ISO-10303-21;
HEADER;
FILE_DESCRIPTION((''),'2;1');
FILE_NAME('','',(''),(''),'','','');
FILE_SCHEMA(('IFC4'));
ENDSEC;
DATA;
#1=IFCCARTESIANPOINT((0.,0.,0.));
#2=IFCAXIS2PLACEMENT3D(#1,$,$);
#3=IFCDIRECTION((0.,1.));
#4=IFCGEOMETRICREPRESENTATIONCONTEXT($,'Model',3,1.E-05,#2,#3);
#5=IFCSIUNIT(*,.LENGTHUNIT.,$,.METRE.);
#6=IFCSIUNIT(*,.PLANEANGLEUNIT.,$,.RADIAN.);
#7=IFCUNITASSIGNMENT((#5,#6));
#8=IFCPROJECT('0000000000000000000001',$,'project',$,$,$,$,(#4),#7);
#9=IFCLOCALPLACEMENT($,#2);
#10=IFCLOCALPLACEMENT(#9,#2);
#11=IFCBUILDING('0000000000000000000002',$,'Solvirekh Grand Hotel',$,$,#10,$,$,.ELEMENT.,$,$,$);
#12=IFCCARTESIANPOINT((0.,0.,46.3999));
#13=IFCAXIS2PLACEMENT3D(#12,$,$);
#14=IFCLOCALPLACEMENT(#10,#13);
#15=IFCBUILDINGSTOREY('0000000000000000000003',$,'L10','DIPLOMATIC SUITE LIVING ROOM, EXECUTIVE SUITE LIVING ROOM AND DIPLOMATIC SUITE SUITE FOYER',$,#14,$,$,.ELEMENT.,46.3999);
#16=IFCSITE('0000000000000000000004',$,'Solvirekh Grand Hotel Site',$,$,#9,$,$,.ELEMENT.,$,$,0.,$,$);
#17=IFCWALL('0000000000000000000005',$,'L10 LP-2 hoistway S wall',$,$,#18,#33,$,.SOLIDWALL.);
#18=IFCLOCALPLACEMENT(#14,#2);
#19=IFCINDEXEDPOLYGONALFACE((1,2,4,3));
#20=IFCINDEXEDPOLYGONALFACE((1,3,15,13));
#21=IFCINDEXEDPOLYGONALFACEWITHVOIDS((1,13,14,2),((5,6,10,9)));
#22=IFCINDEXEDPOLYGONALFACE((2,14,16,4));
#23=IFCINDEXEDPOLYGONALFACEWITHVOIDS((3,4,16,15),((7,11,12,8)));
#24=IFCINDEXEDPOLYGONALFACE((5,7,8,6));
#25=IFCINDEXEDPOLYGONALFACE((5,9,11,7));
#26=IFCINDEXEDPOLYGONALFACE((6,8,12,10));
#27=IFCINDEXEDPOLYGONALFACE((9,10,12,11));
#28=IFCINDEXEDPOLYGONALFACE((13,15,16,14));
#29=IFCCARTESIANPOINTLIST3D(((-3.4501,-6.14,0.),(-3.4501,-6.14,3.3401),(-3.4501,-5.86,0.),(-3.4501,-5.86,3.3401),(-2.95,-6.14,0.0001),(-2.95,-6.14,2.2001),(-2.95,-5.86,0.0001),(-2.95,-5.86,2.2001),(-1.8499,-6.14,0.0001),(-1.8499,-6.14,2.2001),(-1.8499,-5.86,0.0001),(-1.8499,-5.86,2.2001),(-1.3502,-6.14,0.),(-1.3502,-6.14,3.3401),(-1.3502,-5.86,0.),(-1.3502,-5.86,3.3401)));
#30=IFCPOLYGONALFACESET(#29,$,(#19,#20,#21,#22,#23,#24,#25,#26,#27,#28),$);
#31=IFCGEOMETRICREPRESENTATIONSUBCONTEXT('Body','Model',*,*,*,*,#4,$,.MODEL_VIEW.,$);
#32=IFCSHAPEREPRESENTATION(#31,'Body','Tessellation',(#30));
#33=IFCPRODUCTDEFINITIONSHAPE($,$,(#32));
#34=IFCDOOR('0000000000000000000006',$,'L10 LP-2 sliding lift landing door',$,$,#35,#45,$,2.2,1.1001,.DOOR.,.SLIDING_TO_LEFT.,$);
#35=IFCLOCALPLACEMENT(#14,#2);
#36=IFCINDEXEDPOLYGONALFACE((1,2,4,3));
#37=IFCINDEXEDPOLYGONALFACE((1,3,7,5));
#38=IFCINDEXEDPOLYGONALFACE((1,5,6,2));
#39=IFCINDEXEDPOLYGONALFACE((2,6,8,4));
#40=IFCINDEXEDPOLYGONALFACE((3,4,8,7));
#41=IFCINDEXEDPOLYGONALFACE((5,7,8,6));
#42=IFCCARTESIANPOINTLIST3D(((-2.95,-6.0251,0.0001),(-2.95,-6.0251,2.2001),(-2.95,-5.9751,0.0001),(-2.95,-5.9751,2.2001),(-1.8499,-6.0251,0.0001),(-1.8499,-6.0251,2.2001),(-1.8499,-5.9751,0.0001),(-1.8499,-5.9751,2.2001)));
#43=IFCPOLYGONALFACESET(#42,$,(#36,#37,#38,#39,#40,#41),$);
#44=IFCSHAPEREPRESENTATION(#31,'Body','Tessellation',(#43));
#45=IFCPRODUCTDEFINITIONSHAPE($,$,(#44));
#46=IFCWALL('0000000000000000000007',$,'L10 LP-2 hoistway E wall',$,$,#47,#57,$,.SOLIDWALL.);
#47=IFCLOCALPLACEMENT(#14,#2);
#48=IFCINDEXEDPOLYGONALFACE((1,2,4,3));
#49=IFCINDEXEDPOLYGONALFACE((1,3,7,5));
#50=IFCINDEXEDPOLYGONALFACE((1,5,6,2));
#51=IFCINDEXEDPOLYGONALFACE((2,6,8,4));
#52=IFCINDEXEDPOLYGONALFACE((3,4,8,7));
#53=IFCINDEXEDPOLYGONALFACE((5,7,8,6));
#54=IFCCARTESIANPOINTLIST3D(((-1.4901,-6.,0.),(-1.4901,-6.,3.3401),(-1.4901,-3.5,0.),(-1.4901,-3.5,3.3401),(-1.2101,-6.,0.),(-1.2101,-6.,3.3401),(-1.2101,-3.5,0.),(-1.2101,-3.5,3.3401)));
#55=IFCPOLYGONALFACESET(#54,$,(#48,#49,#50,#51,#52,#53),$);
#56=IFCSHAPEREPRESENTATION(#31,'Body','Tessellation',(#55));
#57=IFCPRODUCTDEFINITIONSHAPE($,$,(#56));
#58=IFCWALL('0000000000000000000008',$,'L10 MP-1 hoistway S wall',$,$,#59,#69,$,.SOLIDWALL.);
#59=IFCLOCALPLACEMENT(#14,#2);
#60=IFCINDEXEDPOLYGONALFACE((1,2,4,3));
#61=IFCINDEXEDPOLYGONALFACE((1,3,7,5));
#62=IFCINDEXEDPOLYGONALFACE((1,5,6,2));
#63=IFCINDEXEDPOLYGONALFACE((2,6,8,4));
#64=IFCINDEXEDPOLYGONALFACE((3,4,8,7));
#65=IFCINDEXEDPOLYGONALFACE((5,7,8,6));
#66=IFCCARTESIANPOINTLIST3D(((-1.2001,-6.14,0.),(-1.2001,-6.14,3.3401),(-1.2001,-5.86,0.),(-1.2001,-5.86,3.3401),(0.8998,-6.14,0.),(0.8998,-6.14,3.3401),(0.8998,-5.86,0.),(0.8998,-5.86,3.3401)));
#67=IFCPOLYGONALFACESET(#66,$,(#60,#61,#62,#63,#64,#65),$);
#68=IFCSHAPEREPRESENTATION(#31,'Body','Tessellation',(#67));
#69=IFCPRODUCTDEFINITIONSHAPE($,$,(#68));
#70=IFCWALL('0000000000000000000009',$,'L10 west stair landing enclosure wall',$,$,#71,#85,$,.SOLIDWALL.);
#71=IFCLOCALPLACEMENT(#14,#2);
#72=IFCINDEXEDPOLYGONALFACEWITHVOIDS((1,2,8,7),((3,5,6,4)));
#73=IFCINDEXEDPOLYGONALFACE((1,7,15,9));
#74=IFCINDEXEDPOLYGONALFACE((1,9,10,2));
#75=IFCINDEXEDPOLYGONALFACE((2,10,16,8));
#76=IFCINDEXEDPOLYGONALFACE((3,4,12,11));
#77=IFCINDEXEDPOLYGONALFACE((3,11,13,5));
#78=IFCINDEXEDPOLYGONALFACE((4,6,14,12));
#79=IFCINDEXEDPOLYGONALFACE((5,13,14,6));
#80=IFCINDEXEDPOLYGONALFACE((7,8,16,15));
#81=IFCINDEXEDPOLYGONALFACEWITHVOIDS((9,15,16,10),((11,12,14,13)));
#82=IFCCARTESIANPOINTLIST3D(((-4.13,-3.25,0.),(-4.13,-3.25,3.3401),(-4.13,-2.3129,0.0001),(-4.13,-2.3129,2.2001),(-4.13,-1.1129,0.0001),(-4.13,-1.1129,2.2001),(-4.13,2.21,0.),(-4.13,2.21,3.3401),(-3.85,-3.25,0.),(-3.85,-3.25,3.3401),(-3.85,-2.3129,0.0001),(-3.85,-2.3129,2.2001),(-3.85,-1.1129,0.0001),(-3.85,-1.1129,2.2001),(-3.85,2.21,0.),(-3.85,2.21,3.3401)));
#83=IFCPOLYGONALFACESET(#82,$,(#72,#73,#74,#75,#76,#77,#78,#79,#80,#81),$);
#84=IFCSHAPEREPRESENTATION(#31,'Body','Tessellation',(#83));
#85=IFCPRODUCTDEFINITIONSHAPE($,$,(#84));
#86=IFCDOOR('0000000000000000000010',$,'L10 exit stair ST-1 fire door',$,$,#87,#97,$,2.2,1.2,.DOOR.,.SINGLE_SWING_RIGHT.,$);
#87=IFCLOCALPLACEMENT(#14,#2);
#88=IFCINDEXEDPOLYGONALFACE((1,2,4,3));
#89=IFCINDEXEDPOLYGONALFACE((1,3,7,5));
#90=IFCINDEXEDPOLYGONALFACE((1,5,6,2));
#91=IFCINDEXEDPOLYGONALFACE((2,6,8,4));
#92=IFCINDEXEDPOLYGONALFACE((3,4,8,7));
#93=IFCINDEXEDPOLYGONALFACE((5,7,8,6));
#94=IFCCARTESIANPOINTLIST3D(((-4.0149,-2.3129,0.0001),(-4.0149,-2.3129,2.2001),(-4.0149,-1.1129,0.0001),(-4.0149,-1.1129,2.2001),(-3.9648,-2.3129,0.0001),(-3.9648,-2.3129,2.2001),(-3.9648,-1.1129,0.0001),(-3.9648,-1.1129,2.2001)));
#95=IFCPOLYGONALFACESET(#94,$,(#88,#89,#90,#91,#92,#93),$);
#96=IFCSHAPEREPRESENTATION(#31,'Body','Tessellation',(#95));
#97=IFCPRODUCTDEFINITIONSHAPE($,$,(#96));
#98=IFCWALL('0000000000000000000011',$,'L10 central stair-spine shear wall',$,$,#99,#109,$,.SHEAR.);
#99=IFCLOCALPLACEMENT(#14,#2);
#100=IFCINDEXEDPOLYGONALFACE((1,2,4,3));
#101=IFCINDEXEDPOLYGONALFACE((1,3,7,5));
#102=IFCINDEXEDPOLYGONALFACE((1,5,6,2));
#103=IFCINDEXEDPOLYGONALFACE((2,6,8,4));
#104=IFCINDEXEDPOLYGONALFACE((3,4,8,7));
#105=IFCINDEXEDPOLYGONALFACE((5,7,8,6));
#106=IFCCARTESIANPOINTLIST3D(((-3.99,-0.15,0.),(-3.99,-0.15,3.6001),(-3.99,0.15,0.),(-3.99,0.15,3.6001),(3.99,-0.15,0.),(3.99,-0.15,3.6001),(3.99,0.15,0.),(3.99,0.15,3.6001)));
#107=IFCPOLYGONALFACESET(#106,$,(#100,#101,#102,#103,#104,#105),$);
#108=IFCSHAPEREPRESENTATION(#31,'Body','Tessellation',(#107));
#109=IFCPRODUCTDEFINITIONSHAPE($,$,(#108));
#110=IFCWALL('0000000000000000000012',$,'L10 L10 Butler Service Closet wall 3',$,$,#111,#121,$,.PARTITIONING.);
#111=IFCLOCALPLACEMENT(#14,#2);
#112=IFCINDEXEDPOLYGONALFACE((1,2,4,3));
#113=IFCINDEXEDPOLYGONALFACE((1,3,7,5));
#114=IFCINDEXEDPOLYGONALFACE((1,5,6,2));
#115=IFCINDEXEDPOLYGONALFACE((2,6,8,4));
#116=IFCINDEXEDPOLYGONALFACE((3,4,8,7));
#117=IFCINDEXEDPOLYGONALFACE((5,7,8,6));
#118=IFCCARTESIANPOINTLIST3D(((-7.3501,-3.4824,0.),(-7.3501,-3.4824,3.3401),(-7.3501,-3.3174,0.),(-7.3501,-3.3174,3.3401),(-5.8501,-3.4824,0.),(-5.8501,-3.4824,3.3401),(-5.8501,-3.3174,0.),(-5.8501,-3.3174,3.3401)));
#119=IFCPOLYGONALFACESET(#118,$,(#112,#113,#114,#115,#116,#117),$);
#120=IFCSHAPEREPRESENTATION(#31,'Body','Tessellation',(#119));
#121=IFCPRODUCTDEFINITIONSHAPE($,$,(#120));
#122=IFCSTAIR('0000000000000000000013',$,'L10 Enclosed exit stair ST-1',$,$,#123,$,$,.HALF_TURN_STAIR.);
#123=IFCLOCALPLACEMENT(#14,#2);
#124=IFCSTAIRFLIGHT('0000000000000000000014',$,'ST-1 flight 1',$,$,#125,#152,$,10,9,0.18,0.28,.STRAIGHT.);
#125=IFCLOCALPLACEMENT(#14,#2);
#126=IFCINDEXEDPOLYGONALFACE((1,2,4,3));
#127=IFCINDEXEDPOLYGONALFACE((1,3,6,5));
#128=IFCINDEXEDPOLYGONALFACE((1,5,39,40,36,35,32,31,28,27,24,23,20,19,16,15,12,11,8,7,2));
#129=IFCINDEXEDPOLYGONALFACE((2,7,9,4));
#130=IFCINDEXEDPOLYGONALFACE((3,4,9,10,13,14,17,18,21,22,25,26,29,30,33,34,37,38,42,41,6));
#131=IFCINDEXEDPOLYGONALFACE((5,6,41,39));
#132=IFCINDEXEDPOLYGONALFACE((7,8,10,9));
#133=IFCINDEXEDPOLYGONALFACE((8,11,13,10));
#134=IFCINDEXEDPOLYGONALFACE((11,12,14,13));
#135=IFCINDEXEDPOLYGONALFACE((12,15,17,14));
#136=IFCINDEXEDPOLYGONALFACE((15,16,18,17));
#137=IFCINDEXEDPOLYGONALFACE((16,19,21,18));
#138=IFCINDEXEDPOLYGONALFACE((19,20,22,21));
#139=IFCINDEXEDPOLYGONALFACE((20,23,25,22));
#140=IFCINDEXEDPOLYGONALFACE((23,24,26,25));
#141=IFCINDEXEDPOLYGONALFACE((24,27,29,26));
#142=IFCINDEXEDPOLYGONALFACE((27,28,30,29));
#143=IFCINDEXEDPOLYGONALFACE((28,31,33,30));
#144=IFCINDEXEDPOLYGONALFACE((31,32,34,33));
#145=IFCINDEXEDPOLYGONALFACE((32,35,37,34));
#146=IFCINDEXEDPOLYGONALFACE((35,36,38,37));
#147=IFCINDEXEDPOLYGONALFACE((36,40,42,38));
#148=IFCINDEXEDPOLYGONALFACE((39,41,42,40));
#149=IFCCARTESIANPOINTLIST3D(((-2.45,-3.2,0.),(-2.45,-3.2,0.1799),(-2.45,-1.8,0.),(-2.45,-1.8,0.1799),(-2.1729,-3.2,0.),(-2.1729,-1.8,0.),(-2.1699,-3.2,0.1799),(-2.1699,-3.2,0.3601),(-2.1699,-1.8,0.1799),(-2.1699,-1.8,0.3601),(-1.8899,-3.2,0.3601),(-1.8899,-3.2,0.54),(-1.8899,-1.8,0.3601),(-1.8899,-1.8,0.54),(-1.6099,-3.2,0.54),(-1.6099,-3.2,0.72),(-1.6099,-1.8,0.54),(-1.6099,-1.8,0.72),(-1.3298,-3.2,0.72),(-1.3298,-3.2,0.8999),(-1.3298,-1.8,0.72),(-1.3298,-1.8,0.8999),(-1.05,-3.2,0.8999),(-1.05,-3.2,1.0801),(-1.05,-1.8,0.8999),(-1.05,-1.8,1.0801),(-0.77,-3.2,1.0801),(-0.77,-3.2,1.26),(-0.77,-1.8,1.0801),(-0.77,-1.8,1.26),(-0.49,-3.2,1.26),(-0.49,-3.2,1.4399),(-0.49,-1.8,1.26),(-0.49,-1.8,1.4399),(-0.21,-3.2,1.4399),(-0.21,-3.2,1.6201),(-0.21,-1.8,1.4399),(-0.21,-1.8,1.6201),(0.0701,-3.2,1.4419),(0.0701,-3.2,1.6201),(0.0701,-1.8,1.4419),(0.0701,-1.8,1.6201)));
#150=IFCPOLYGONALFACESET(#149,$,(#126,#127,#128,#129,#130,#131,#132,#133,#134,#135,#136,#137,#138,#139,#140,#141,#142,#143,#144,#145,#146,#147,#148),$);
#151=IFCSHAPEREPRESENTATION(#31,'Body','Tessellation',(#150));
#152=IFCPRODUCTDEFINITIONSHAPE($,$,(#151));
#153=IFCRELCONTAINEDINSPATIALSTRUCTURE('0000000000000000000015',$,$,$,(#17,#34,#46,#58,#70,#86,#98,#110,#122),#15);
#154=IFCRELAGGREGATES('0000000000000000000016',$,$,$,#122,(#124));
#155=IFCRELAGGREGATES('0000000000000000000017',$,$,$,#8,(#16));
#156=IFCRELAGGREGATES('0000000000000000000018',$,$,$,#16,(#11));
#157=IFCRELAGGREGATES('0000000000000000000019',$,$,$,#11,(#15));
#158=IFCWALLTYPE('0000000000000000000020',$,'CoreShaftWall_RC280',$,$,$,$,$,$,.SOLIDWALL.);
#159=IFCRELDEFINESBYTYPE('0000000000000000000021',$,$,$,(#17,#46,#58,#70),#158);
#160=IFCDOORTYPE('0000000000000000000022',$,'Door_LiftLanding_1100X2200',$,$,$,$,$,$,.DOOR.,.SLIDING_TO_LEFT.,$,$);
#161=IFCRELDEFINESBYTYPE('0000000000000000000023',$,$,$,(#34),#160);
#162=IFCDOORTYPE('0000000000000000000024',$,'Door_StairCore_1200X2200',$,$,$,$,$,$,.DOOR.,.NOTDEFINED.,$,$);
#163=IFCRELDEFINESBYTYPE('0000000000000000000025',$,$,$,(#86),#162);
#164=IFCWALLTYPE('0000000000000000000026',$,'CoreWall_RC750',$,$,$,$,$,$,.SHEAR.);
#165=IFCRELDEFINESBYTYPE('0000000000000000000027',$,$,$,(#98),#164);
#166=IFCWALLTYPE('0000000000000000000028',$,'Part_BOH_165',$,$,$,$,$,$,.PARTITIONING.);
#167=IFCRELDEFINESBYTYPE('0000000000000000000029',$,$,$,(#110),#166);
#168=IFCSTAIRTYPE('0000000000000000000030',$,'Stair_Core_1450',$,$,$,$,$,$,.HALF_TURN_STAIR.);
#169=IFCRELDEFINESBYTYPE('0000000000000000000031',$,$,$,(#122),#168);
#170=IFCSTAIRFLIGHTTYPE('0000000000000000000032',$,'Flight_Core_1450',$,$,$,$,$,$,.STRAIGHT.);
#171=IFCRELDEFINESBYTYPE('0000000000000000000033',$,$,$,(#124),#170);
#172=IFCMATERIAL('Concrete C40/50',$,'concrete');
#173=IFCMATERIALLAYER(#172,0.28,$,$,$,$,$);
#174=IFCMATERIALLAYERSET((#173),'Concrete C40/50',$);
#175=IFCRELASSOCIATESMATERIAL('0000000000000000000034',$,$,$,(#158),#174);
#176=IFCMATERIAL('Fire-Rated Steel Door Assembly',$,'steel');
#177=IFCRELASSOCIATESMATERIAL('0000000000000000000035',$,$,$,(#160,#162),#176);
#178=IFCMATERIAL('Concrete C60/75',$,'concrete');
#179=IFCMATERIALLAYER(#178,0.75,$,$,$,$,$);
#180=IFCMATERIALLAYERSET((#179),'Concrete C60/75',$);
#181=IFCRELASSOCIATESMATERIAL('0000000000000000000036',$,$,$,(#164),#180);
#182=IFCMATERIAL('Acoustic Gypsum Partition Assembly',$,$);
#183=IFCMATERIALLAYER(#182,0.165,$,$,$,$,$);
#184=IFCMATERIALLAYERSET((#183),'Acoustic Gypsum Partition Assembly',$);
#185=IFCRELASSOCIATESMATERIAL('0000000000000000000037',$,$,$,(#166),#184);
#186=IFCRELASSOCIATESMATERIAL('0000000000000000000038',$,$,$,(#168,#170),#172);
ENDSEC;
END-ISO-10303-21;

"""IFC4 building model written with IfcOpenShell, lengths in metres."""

from ifc_helpers import new_model, si_unit, direction, frame, frame_2d, origin, place, context, subcontext, project, spatial, polyline, rectangle, outline, extrude, material, layer, layer_set, type_object, element, fill, aggregate, save


model = new_model("IFC4")

# Units and contexts
model_context = context("Model", 3, precision=1e-05, world=origin(), true_north=direction((0.0, 1.0)))
body_context = subcontext(model_context, "Body", "Model", "MODEL_VIEW")
ifc_project = project(units=[si_unit("LENGTHUNIT", "METRE"), si_unit("PLANEANGLEUNIT", "RADIAN")], contexts=[model_context])

# Site, building, storey
site_placement = place(None, origin())
site = spatial("IfcSite", under=ifc_project, at=site_placement, Name="Solvirekh Grand Hotel Site", CompositionType="ELEMENT", RefElevation=0.0)
building_placement = place(site_placement, origin())
building = spatial("IfcBuilding", under=site, at=building_placement, Name="Solvirekh Grand Hotel", CompositionType="ELEMENT")
storey_placement = place(building_placement, frame((0.0, 0.0, 46.3999)))
storey = spatial("IfcBuildingStorey", under=building, at=storey_placement, Name="L10", Description="DIPLOMATIC SUITE LIVING ROOM, EXECUTIVE SUITE LIVING ROOM AND DIPLOMATIC SUITE SUITE FOYER", CompositionType="ELEMENT", Elevation=46.3999)

# Shared definitions
ifc_material_1 = material(Name="Concrete C40/50", Category="concrete")
ifc_layer_1 = layer(ifc_material_1, 0.28)
ifc_layer_set_1 = layer_set([ifc_layer_1], Name="Concrete C40/50")
wall_type_1 = type_object("IfcWallType", Name="CoreShaftWall_RC280", PredefinedType="SOLIDWALL", material=ifc_layer_set_1)
ifc_material_2 = material(Name="Fire-Rated Steel Door Assembly", Category="steel")
door_type_1 = type_object("IfcDoorType", Name="Door_LiftLanding_1100X2200", OperationType="SLIDING_TO_LEFT", PredefinedType="DOOR", material=ifc_material_2)

# Wall, opening, door
wall_1_placement = place(storey_placement, frame((-3.45, -6.0, 0.0), z_axis=(0.0, 0.0, 1.0), x_axis=(1.0, 0.0, 0.0)))
wall_1 = element("IfcWall", 1, at=wall_1_placement, inside=storey, type_object=wall_type_1, Name="L10 LP-2 hoistway S wall", PredefinedType="SOLIDWALL", context=body_context, shape_type="SweptSolid", body=[
    extrude(rectangle(XDim=2.0999, YDim=0.28, at=frame_2d((1.0498, 0.0))), origin(), (0.0, 0.0, 1.0), 3.3401),
])
opening_1_placement = place(wall_1_placement, frame((0.5, 0.0, 0.0)))
opening_1 = element("IfcOpeningElement", 2, at=opening_1_placement, cuts=wall_1, PredefinedType="OPENING", context=body_context, shape_type="SweptSolid", body=[
    extrude(rectangle(XDim=1.1001, YDim=2.2, at=frame_2d((0.55, 1.1001))), frame((0.0, 0.1499, 0.0), z_axis=(0.0, -1.0, 0.0), x_axis=(1.0, 0.0, 0.0)), (0.0, 0.0, 1.0), 0.3),
])
door_1_placement = place(opening_1_placement, origin())
door_1 = element("IfcDoor", 3, at=door_1_placement, inside=storey, type_object=door_type_1, Name="L10 LP-2 sliding lift landing door", OperationType="SLIDING_TO_LEFT", OverallHeight=2.2, OverallWidth=1.1001, PredefinedType="DOOR", context=body_context, shape_type="SweptSolid", body=[
    extrude(rectangle(XDim=1.1001, YDim=2.2, at=frame_2d((0.55, 1.1001))), frame((0.0, 0.0249, 0.0), z_axis=(0.0, -1.0, 0.0), x_axis=(1.0, 0.0, 0.0)), (0.0, 0.0, 1.0), 0.05),
])
fill(opening_1, door_1)

# Walls
wall_2_placement = place(storey_placement, frame((-1.3501, -6.0, 0.0), z_axis=(0.0, 0.0, 1.0), x_axis=(0.0, 1.0, 0.0)))
element("IfcWall", 4, at=wall_2_placement, inside=storey, type_object=wall_type_1, Name="L10 LP-2 hoistway E wall", PredefinedType="SOLIDWALL", context=body_context, shape_type="SweptSolid", body=[
    extrude(rectangle(XDim=2.5, YDim=0.28, at=frame_2d((1.25, 0.0))), origin(), (0.0, 0.0, 1.0), 3.3401),
])
wall_3_placement = place(storey_placement, frame((-1.2, -6.0, 0.0), z_axis=(0.0, 0.0, 1.0), x_axis=(1.0, 0.0, 0.0)))
element("IfcWall", 5, at=wall_3_placement, inside=storey, type_object=wall_type_1, Name="L10 MP-1 hoistway S wall", PredefinedType="SOLIDWALL", context=body_context, shape_type="SweptSolid", body=[
    extrude(rectangle(XDim=2.0999, YDim=0.28, at=frame_2d((1.0498, 0.0))), origin(), (0.0, 0.0, 1.0), 3.3401),
])

# Wall, opening, door
wall_4_placement = place(storey_placement, frame((-3.99, -3.25, 0.0), z_axis=(0.0, 0.0, 1.0), x_axis=(0.0, 1.0, 0.0)))
wall_4 = element("IfcWall", 6, at=wall_4_placement, inside=storey, type_object=wall_type_1, Name="L10 west stair landing enclosure wall", PredefinedType="SOLIDWALL", context=body_context, shape_type="SweptSolid", body=[
    extrude(rectangle(XDim=5.46, YDim=0.28, at=frame_2d((2.73, 0.0))), origin(), (0.0, 0.0, 1.0), 3.3401),
])
opening_2_placement = place(wall_4_placement, frame((0.937, 0.0, 0.0)))
opening_2 = element("IfcOpeningElement", 7, at=opening_2_placement, cuts=wall_4, PredefinedType="OPENING", context=body_context, shape_type="SweptSolid", body=[
    extrude(rectangle(XDim=1.2, YDim=2.2, at=frame_2d((0.6001, 1.1001))), frame((0.0, 0.1499, 0.0), z_axis=(0.0, -1.0, 0.0), x_axis=(1.0, 0.0, 0.0)), (0.0, 0.0, 1.0), 0.3),
])
door_type_2 = type_object("IfcDoorType", Name="Door_StairCore_1200X2200", OperationType="NOTDEFINED", PredefinedType="DOOR", material=ifc_material_2)
door_2_placement = place(opening_2_placement, origin())
door_2 = element("IfcDoor", 8, at=door_2_placement, inside=storey, type_object=door_type_2, Name="L10 exit stair ST-1 fire door", OperationType="SINGLE_SWING_RIGHT", OverallHeight=2.2, OverallWidth=1.2, PredefinedType="DOOR", context=body_context, shape_type="SweptSolid", body=[
    extrude(rectangle(XDim=1.2, YDim=2.2, at=frame_2d((0.6001, 1.1001))), frame((0.0, 0.0249, 0.0), z_axis=(0.0, -1.0, 0.0), x_axis=(1.0, 0.0, 0.0)), (0.0, 0.0, 1.0), 0.05),
])
fill(opening_2, door_2)

# Walls
ifc_material_3 = material(Name="Concrete C60/75", Category="concrete")
ifc_layer_2 = layer(ifc_material_3, 0.75)
ifc_layer_set_2 = layer_set([ifc_layer_2], Name="Concrete C60/75")
wall_type_2 = type_object("IfcWallType", Name="CoreWall_RC750", PredefinedType="SHEAR", material=ifc_layer_set_2)
wall_5_placement = place(storey_placement, frame((-3.99, 0.0, 0.0), z_axis=(0.0, 0.0, 1.0), x_axis=(1.0, 0.0, 0.0)))
element("IfcWall", 9, at=wall_5_placement, inside=storey, type_object=wall_type_2, Name="L10 central stair-spine shear wall", PredefinedType="SHEAR", context=body_context, shape_type="SweptSolid", body=[
    extrude(rectangle(XDim=7.98, YDim=0.3, at=frame_2d((3.99, 0.0))), origin(), (0.0, 0.0, 1.0), 3.6001),
])
ifc_material_4 = material(Name="Acoustic Gypsum Partition Assembly")
ifc_layer_3 = layer(ifc_material_4, 0.165)
ifc_layer_set_3 = layer_set([ifc_layer_3], Name="Acoustic Gypsum Partition Assembly")
wall_type_3 = type_object("IfcWallType", Name="Part_BOH_165", PredefinedType="PARTITIONING", material=ifc_layer_set_3)
wall_6_placement = place(storey_placement, frame((-5.8501, -3.3999, 0.0), z_axis=(0.0, 0.0, 1.0), x_axis=(-1.0, 0.0, 0.0)))
element("IfcWall", 10, at=wall_6_placement, inside=storey, type_object=wall_type_3, Name="L10 L10 Butler Service Closet wall 3", PredefinedType="PARTITIONING", context=body_context, shape_type="SweptSolid", body=[
    extrude(rectangle(XDim=1.5, YDim=0.165, at=frame_2d((0.75, 0.0))), origin(), (0.0, 0.0, 1.0), 3.3401),
])

# Stair, stair flight
stair_type = type_object("IfcStairType", Name="Stair_Core_1450", PredefinedType="HALF_TURN_STAIR", material=ifc_material_1)
stair_placement = place(storey_placement, origin())
stair = element("IfcStair", 11, at=stair_placement, inside=storey, type_object=stair_type, Name="L10 Enclosed exit stair ST-1", PredefinedType="HALF_TURN_STAIR")
stair_flight_type = type_object("IfcStairFlightType", Name="Flight_Core_1450", PredefinedType="STRAIGHT", material=ifc_material_1)
stair_flight_placement = place(storey_placement, frame((-2.45, -2.5, 0.0), z_axis=(0.0, 0.0, 1.0), x_axis=(1.0, 0.0, 0.0)))
stair_flight = element("IfcStairFlight", 12, at=stair_flight_placement, type_object=stair_flight_type, Name="ST-1 flight 1", NumberOfRisers=10, NumberOfTreads=9, PredefinedType="STRAIGHT", RiserHeight=0.18, TreadLength=0.28, context=body_context, shape_type="SweptSolid", body=[
    extrude(outline(polyline([(0.0, 0.0), (0.0, 0.1799), (0.28, 0.1799), (0.28, 0.3601), (0.5601, 0.3601), (0.5601, 0.54), (0.8401, 0.54), (0.8401, 0.72), (1.1201, 0.72), (1.1201, 0.8999), (1.3999, 0.8999), (1.3999, 1.0801), (1.6799, 1.0801), (1.6799, 1.26), (1.96, 1.26), (1.96, 1.4399), (2.24, 1.4399), (2.24, 1.6201), (2.52, 1.6201), (2.52, 1.8), (2.52, 1.4419), (0.2771, 0.0), (0.0, 0.0)])), frame((0.0, 0.7, 0.0), z_axis=(0.0, -1.0, 0.0), x_axis=(1.0, 0.0, 0.0)), (0.0, 0.0, 1.0), 1.3999),
])
aggregate(stair, [stair_flight])

save(model, "model.ifc")
